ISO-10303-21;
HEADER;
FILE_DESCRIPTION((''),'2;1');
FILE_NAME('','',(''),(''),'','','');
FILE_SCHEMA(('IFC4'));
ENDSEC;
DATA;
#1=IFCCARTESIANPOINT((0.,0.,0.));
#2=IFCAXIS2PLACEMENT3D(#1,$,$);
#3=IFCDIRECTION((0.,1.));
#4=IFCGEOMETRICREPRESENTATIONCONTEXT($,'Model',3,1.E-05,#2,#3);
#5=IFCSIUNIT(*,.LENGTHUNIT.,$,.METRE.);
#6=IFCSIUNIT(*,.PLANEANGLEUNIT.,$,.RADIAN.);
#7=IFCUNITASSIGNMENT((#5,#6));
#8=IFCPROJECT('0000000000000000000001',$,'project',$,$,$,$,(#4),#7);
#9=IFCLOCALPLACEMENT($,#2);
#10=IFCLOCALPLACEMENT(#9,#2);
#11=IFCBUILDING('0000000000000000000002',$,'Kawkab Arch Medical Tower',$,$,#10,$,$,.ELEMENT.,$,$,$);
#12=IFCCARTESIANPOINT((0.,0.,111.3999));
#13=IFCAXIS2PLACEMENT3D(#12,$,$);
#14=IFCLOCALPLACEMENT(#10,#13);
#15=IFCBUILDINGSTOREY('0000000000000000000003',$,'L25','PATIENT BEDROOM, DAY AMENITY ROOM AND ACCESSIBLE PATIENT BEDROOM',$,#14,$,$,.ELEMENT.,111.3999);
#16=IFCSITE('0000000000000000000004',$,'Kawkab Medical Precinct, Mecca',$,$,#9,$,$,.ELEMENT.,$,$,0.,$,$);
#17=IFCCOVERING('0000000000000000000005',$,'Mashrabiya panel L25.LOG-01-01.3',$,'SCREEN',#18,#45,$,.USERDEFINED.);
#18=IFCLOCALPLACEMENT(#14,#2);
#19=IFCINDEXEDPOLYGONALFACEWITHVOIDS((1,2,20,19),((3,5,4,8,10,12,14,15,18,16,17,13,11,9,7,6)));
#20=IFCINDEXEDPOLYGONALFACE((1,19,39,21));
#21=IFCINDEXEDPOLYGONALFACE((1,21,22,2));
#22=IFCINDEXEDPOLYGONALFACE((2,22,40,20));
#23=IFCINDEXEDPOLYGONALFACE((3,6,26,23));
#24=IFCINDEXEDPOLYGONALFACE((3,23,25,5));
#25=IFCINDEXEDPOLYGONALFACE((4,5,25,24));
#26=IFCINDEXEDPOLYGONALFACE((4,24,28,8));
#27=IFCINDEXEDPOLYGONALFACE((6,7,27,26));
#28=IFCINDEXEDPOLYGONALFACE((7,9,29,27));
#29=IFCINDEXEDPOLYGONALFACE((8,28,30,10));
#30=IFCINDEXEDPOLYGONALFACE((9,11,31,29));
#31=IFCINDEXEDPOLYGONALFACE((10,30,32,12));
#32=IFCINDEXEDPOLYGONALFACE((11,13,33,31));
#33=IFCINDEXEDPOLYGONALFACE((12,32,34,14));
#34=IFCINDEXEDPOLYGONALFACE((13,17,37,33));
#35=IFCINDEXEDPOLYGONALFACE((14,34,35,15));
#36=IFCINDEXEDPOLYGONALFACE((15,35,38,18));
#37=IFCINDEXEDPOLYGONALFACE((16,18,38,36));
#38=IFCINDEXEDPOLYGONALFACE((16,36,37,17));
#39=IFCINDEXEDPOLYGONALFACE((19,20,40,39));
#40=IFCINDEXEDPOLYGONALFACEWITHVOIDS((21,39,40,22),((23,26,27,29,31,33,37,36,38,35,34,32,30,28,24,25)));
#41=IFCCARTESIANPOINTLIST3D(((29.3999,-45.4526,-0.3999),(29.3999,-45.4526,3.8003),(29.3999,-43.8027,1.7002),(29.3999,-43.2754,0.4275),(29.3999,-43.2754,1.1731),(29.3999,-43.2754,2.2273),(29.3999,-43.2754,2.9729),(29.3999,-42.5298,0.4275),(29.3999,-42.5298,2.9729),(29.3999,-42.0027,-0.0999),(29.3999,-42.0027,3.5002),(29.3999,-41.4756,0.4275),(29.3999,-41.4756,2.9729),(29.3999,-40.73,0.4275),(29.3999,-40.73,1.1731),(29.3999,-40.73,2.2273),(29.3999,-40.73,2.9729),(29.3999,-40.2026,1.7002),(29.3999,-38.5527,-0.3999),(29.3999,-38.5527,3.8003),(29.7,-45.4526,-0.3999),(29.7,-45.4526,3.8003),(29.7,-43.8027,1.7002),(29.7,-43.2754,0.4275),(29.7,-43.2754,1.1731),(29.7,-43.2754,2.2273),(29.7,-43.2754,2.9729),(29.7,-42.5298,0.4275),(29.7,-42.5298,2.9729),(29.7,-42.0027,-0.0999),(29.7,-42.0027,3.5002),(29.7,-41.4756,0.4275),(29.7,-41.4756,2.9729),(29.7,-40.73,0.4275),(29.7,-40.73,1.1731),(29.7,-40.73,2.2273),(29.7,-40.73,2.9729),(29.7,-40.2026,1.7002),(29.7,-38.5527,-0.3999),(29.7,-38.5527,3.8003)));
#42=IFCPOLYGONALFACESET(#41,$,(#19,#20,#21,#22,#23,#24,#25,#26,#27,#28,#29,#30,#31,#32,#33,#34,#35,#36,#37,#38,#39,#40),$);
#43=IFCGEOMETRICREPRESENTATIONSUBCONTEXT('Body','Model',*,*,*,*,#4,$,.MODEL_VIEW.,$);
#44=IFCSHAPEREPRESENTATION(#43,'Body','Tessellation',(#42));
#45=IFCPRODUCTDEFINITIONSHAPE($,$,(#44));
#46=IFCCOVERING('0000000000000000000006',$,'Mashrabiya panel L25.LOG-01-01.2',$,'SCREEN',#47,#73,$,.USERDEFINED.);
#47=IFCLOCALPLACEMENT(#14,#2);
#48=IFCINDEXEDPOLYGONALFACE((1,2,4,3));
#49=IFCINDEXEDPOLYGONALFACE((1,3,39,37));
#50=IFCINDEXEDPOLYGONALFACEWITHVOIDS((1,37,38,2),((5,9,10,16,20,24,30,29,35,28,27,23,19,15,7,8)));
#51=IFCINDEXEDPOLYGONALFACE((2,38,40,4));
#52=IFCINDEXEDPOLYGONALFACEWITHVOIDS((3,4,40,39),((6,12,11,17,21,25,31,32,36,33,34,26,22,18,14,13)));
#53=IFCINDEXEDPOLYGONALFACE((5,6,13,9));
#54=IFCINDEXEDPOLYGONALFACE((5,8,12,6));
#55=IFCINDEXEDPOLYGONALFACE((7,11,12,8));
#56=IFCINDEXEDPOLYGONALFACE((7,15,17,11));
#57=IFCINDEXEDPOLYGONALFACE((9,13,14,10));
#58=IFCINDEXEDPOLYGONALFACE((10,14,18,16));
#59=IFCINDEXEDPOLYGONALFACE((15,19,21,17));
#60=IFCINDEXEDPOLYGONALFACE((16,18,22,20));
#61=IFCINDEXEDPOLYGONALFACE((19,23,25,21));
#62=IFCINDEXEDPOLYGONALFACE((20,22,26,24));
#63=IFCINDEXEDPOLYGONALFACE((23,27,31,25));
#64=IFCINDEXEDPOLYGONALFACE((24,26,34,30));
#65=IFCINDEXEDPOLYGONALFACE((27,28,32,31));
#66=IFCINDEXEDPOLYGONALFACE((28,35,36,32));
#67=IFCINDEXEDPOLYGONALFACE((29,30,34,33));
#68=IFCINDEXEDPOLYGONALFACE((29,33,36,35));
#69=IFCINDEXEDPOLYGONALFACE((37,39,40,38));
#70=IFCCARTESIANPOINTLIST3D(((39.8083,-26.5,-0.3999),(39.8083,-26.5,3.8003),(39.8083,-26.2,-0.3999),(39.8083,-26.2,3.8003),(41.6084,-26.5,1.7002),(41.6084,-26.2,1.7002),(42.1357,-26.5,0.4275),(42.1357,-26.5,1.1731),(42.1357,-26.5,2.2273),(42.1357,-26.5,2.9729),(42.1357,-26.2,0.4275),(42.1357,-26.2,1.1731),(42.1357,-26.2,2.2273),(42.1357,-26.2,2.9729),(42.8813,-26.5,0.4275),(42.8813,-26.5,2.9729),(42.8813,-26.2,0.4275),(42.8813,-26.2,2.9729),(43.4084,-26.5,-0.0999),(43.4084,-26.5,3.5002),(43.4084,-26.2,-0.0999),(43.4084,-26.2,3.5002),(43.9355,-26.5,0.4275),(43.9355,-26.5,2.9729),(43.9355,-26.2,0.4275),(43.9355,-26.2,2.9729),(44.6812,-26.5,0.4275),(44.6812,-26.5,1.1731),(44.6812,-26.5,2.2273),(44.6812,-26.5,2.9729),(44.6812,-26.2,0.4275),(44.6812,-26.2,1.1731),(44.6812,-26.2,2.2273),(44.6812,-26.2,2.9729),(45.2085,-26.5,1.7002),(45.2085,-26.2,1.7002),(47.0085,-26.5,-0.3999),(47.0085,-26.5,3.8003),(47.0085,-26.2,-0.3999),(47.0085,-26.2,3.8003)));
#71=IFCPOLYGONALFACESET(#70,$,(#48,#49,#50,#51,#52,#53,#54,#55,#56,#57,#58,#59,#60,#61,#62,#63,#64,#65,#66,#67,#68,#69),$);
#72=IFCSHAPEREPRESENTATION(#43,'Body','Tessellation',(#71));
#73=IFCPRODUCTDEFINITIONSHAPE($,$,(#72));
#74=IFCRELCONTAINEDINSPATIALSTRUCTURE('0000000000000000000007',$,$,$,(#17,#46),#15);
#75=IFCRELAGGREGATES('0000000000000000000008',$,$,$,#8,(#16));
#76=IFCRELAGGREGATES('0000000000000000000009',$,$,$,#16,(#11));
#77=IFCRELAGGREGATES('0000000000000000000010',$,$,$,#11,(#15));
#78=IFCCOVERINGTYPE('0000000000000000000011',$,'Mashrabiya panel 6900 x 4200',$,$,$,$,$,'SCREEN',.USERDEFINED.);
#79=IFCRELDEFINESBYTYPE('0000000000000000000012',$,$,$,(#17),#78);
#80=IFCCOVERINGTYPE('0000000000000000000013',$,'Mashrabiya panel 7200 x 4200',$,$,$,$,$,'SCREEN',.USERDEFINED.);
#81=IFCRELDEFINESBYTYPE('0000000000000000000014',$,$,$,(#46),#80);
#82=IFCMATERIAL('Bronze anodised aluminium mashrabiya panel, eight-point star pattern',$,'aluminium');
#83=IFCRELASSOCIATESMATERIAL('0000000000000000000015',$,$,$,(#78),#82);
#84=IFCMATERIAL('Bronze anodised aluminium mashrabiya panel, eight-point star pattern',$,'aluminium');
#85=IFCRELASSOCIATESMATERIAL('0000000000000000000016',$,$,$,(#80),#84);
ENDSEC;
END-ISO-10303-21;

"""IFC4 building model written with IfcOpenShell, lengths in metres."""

from ifc_helpers import new_model, si_unit, direction, frame, origin, place, context, subcontext, project, spatial, polyline, outline, extrude, material, material_profile, profile_set, type_object, element, save


model = new_model("IFC4")

# Units and contexts
model_context = context("Model", 3, precision=1e-05, world=origin(), true_north=direction((0.0, 1.0)))
body_context = subcontext(model_context, "Body", "Model", "MODEL_VIEW")
ifc_project = project(units=[si_unit("LENGTHUNIT", "METRE"), si_unit("PLANEANGLEUNIT", "RADIAN")], contexts=[model_context])

# Site, building, storey
site_placement = place(None, origin())
site = spatial("IfcSite", under=ifc_project, at=site_placement, Name="Kawkab Medical Precinct, Mecca", CompositionType="ELEMENT", RefElevation=0.0)
building_placement = place(site_placement, origin())
building = spatial("IfcBuilding", under=site, at=building_placement, Name="Kawkab Arch Medical Tower", CompositionType="ELEMENT")
storey_placement = place(building_placement, frame((0.0, 0.0, 111.3999)))
storey = spatial("IfcBuildingStorey", under=building, at=storey_placement, Name="L25", Description="PATIENT BEDROOM, DAY AMENITY ROOM AND ACCESSIBLE PATIENT BEDROOM", CompositionType="ELEMENT", Elevation=111.3999)

# Coverings
ifc_material_1 = material(Name="Bronze anodised aluminium mashrabiya panel, eight-point star pattern", Category="aluminium")
ifc_material_profile_1 = material_profile(ifc_material_1, outline(polyline([(-3.45, -2.1001), (3.45, -2.1001), (3.45, 2.1001), (-3.45, 2.1001), (-3.45, -2.1001)]), holes=[polyline([(1.8, 0.0), (1.2727, 0.5271), (1.2727, 1.2727), (0.5271, 1.2727), (0.0, 1.8), (-0.5271, 1.2727), (-1.2727, 1.2727), (-1.2727, 0.5271), (-1.8, 0.0), (-1.2727, -0.5271), (-1.2727, -1.2727), (-0.5271, -1.2727), (0.0, -1.8), (0.5271, -1.2727), (1.2727, -1.2727), (1.2727, -0.5271), (1.8, 0.0)])]), Name="Mashrabiya panel 6900x4200")
ifc_profile_set_1 = profile_set([ifc_material_profile_1], Name="Bronze anodised aluminium mashrabiya panel, eight-point star pattern")
covering_type_1 = type_object("IfcCoveringType", Name="Mashrabiya panel 6900 x 4200", ElementType="SCREEN", PredefinedType="USERDEFINED", material=ifc_profile_set_1)
covering_1_placement = place(storey_placement, frame((29.3999, -42.0027, 1.7002), z_axis=(1.0, 0.0, 0.0), x_axis=(0.0, 1.0, 0.0)))
element("IfcCovering", 1, at=covering_1_placement, inside=storey, type_object=covering_type_1, Name="Mashrabiya panel L25.LOG-01-01.3", ObjectType="SCREEN", PredefinedType="USERDEFINED", context=body_context, shape_type="SweptSolid", body=[
    extrude(outline(polyline([(-3.45, -2.1001), (3.45, -2.1001), (3.45, 2.1001), (-3.45, 2.1001), (-3.45, -2.1001)]), holes=[polyline([(1.8, 0.0), (1.2727, 0.5271), (1.2727, 1.2727), (0.5271, 1.2727), (0.0, 1.8), (-0.5271, 1.2727), (-1.2727, 1.2727), (-1.2727, 0.5271), (-1.8, 0.0), (-1.2727, -0.5271), (-1.2727, -1.2727), (-0.5271, -1.2727), (0.0, -1.8), (0.5271, -1.2727), (1.2727, -1.2727), (1.2727, -0.5271), (1.8, 0.0)])]), origin(), (0.0, 0.0, 1.0), 0.3),
])
ifc_material_2 = material(Name="Bronze anodised aluminium mashrabiya panel, eight-point star pattern", Category="aluminium")
ifc_material_profile_2 = material_profile(ifc_material_2, outline(polyline([(-3.6001, -2.1001), (3.6001, -2.1001), (3.6001, 2.1001), (-3.6001, 2.1001), (-3.6001, -2.1001)]), holes=[polyline([(1.8, 0.0), (1.2727, 0.5271), (1.2727, 1.2727), (0.5271, 1.2727), (0.0, 1.8), (-0.5271, 1.2727), (-1.2727, 1.2727), (-1.2727, 0.5271), (-1.8, 0.0), (-1.2727, -0.5271), (-1.2727, -1.2727), (-0.5271, -1.2727), (0.0, -1.8), (0.5271, -1.2727), (1.2727, -1.2727), (1.2727, -0.5271), (1.8, 0.0)])]), Name="Mashrabiya panel 7200x4200")
ifc_profile_set_2 = profile_set([ifc_material_profile_2], Name="Bronze anodised aluminium mashrabiya panel, eight-point star pattern")
covering_type_2 = type_object("IfcCoveringType", Name="Mashrabiya panel 7200 x 4200", ElementType="SCREEN", PredefinedType="USERDEFINED", material=ifc_profile_set_2)
covering_2_placement = place(storey_placement, frame((43.4084, -26.2, 1.7002), z_axis=(0.0, -1.0, 0.0), x_axis=(1.0, 0.0, 0.0)))
element("IfcCovering", 2, at=covering_2_placement, inside=storey, type_object=covering_type_2, Name="Mashrabiya panel L25.LOG-01-01.2", ObjectType="SCREEN", PredefinedType="USERDEFINED", context=body_context, shape_type="SweptSolid", body=[
    extrude(outline(polyline([(-3.6001, -2.1001), (3.6001, -2.1001), (3.6001, 2.1001), (-3.6001, 2.1001), (-3.6001, -2.1001)]), holes=[polyline([(1.8, 0.0), (1.2727, 0.5271), (1.2727, 1.2727), (0.5271, 1.2727), (0.0, 1.8), (-0.5271, 1.2727), (-1.2727, 1.2727), (-1.2727, 0.5271), (-1.8, 0.0), (-1.2727, -0.5271), (-1.2727, -1.2727), (-0.5271, -1.2727), (0.0, -1.8), (0.5271, -1.2727), (1.2727, -1.2727), (1.2727, -0.5271), (1.8, 0.0)])]), origin(), (0.0, 0.0, 1.0), 0.3),
])

save(model, "model.ifc")
